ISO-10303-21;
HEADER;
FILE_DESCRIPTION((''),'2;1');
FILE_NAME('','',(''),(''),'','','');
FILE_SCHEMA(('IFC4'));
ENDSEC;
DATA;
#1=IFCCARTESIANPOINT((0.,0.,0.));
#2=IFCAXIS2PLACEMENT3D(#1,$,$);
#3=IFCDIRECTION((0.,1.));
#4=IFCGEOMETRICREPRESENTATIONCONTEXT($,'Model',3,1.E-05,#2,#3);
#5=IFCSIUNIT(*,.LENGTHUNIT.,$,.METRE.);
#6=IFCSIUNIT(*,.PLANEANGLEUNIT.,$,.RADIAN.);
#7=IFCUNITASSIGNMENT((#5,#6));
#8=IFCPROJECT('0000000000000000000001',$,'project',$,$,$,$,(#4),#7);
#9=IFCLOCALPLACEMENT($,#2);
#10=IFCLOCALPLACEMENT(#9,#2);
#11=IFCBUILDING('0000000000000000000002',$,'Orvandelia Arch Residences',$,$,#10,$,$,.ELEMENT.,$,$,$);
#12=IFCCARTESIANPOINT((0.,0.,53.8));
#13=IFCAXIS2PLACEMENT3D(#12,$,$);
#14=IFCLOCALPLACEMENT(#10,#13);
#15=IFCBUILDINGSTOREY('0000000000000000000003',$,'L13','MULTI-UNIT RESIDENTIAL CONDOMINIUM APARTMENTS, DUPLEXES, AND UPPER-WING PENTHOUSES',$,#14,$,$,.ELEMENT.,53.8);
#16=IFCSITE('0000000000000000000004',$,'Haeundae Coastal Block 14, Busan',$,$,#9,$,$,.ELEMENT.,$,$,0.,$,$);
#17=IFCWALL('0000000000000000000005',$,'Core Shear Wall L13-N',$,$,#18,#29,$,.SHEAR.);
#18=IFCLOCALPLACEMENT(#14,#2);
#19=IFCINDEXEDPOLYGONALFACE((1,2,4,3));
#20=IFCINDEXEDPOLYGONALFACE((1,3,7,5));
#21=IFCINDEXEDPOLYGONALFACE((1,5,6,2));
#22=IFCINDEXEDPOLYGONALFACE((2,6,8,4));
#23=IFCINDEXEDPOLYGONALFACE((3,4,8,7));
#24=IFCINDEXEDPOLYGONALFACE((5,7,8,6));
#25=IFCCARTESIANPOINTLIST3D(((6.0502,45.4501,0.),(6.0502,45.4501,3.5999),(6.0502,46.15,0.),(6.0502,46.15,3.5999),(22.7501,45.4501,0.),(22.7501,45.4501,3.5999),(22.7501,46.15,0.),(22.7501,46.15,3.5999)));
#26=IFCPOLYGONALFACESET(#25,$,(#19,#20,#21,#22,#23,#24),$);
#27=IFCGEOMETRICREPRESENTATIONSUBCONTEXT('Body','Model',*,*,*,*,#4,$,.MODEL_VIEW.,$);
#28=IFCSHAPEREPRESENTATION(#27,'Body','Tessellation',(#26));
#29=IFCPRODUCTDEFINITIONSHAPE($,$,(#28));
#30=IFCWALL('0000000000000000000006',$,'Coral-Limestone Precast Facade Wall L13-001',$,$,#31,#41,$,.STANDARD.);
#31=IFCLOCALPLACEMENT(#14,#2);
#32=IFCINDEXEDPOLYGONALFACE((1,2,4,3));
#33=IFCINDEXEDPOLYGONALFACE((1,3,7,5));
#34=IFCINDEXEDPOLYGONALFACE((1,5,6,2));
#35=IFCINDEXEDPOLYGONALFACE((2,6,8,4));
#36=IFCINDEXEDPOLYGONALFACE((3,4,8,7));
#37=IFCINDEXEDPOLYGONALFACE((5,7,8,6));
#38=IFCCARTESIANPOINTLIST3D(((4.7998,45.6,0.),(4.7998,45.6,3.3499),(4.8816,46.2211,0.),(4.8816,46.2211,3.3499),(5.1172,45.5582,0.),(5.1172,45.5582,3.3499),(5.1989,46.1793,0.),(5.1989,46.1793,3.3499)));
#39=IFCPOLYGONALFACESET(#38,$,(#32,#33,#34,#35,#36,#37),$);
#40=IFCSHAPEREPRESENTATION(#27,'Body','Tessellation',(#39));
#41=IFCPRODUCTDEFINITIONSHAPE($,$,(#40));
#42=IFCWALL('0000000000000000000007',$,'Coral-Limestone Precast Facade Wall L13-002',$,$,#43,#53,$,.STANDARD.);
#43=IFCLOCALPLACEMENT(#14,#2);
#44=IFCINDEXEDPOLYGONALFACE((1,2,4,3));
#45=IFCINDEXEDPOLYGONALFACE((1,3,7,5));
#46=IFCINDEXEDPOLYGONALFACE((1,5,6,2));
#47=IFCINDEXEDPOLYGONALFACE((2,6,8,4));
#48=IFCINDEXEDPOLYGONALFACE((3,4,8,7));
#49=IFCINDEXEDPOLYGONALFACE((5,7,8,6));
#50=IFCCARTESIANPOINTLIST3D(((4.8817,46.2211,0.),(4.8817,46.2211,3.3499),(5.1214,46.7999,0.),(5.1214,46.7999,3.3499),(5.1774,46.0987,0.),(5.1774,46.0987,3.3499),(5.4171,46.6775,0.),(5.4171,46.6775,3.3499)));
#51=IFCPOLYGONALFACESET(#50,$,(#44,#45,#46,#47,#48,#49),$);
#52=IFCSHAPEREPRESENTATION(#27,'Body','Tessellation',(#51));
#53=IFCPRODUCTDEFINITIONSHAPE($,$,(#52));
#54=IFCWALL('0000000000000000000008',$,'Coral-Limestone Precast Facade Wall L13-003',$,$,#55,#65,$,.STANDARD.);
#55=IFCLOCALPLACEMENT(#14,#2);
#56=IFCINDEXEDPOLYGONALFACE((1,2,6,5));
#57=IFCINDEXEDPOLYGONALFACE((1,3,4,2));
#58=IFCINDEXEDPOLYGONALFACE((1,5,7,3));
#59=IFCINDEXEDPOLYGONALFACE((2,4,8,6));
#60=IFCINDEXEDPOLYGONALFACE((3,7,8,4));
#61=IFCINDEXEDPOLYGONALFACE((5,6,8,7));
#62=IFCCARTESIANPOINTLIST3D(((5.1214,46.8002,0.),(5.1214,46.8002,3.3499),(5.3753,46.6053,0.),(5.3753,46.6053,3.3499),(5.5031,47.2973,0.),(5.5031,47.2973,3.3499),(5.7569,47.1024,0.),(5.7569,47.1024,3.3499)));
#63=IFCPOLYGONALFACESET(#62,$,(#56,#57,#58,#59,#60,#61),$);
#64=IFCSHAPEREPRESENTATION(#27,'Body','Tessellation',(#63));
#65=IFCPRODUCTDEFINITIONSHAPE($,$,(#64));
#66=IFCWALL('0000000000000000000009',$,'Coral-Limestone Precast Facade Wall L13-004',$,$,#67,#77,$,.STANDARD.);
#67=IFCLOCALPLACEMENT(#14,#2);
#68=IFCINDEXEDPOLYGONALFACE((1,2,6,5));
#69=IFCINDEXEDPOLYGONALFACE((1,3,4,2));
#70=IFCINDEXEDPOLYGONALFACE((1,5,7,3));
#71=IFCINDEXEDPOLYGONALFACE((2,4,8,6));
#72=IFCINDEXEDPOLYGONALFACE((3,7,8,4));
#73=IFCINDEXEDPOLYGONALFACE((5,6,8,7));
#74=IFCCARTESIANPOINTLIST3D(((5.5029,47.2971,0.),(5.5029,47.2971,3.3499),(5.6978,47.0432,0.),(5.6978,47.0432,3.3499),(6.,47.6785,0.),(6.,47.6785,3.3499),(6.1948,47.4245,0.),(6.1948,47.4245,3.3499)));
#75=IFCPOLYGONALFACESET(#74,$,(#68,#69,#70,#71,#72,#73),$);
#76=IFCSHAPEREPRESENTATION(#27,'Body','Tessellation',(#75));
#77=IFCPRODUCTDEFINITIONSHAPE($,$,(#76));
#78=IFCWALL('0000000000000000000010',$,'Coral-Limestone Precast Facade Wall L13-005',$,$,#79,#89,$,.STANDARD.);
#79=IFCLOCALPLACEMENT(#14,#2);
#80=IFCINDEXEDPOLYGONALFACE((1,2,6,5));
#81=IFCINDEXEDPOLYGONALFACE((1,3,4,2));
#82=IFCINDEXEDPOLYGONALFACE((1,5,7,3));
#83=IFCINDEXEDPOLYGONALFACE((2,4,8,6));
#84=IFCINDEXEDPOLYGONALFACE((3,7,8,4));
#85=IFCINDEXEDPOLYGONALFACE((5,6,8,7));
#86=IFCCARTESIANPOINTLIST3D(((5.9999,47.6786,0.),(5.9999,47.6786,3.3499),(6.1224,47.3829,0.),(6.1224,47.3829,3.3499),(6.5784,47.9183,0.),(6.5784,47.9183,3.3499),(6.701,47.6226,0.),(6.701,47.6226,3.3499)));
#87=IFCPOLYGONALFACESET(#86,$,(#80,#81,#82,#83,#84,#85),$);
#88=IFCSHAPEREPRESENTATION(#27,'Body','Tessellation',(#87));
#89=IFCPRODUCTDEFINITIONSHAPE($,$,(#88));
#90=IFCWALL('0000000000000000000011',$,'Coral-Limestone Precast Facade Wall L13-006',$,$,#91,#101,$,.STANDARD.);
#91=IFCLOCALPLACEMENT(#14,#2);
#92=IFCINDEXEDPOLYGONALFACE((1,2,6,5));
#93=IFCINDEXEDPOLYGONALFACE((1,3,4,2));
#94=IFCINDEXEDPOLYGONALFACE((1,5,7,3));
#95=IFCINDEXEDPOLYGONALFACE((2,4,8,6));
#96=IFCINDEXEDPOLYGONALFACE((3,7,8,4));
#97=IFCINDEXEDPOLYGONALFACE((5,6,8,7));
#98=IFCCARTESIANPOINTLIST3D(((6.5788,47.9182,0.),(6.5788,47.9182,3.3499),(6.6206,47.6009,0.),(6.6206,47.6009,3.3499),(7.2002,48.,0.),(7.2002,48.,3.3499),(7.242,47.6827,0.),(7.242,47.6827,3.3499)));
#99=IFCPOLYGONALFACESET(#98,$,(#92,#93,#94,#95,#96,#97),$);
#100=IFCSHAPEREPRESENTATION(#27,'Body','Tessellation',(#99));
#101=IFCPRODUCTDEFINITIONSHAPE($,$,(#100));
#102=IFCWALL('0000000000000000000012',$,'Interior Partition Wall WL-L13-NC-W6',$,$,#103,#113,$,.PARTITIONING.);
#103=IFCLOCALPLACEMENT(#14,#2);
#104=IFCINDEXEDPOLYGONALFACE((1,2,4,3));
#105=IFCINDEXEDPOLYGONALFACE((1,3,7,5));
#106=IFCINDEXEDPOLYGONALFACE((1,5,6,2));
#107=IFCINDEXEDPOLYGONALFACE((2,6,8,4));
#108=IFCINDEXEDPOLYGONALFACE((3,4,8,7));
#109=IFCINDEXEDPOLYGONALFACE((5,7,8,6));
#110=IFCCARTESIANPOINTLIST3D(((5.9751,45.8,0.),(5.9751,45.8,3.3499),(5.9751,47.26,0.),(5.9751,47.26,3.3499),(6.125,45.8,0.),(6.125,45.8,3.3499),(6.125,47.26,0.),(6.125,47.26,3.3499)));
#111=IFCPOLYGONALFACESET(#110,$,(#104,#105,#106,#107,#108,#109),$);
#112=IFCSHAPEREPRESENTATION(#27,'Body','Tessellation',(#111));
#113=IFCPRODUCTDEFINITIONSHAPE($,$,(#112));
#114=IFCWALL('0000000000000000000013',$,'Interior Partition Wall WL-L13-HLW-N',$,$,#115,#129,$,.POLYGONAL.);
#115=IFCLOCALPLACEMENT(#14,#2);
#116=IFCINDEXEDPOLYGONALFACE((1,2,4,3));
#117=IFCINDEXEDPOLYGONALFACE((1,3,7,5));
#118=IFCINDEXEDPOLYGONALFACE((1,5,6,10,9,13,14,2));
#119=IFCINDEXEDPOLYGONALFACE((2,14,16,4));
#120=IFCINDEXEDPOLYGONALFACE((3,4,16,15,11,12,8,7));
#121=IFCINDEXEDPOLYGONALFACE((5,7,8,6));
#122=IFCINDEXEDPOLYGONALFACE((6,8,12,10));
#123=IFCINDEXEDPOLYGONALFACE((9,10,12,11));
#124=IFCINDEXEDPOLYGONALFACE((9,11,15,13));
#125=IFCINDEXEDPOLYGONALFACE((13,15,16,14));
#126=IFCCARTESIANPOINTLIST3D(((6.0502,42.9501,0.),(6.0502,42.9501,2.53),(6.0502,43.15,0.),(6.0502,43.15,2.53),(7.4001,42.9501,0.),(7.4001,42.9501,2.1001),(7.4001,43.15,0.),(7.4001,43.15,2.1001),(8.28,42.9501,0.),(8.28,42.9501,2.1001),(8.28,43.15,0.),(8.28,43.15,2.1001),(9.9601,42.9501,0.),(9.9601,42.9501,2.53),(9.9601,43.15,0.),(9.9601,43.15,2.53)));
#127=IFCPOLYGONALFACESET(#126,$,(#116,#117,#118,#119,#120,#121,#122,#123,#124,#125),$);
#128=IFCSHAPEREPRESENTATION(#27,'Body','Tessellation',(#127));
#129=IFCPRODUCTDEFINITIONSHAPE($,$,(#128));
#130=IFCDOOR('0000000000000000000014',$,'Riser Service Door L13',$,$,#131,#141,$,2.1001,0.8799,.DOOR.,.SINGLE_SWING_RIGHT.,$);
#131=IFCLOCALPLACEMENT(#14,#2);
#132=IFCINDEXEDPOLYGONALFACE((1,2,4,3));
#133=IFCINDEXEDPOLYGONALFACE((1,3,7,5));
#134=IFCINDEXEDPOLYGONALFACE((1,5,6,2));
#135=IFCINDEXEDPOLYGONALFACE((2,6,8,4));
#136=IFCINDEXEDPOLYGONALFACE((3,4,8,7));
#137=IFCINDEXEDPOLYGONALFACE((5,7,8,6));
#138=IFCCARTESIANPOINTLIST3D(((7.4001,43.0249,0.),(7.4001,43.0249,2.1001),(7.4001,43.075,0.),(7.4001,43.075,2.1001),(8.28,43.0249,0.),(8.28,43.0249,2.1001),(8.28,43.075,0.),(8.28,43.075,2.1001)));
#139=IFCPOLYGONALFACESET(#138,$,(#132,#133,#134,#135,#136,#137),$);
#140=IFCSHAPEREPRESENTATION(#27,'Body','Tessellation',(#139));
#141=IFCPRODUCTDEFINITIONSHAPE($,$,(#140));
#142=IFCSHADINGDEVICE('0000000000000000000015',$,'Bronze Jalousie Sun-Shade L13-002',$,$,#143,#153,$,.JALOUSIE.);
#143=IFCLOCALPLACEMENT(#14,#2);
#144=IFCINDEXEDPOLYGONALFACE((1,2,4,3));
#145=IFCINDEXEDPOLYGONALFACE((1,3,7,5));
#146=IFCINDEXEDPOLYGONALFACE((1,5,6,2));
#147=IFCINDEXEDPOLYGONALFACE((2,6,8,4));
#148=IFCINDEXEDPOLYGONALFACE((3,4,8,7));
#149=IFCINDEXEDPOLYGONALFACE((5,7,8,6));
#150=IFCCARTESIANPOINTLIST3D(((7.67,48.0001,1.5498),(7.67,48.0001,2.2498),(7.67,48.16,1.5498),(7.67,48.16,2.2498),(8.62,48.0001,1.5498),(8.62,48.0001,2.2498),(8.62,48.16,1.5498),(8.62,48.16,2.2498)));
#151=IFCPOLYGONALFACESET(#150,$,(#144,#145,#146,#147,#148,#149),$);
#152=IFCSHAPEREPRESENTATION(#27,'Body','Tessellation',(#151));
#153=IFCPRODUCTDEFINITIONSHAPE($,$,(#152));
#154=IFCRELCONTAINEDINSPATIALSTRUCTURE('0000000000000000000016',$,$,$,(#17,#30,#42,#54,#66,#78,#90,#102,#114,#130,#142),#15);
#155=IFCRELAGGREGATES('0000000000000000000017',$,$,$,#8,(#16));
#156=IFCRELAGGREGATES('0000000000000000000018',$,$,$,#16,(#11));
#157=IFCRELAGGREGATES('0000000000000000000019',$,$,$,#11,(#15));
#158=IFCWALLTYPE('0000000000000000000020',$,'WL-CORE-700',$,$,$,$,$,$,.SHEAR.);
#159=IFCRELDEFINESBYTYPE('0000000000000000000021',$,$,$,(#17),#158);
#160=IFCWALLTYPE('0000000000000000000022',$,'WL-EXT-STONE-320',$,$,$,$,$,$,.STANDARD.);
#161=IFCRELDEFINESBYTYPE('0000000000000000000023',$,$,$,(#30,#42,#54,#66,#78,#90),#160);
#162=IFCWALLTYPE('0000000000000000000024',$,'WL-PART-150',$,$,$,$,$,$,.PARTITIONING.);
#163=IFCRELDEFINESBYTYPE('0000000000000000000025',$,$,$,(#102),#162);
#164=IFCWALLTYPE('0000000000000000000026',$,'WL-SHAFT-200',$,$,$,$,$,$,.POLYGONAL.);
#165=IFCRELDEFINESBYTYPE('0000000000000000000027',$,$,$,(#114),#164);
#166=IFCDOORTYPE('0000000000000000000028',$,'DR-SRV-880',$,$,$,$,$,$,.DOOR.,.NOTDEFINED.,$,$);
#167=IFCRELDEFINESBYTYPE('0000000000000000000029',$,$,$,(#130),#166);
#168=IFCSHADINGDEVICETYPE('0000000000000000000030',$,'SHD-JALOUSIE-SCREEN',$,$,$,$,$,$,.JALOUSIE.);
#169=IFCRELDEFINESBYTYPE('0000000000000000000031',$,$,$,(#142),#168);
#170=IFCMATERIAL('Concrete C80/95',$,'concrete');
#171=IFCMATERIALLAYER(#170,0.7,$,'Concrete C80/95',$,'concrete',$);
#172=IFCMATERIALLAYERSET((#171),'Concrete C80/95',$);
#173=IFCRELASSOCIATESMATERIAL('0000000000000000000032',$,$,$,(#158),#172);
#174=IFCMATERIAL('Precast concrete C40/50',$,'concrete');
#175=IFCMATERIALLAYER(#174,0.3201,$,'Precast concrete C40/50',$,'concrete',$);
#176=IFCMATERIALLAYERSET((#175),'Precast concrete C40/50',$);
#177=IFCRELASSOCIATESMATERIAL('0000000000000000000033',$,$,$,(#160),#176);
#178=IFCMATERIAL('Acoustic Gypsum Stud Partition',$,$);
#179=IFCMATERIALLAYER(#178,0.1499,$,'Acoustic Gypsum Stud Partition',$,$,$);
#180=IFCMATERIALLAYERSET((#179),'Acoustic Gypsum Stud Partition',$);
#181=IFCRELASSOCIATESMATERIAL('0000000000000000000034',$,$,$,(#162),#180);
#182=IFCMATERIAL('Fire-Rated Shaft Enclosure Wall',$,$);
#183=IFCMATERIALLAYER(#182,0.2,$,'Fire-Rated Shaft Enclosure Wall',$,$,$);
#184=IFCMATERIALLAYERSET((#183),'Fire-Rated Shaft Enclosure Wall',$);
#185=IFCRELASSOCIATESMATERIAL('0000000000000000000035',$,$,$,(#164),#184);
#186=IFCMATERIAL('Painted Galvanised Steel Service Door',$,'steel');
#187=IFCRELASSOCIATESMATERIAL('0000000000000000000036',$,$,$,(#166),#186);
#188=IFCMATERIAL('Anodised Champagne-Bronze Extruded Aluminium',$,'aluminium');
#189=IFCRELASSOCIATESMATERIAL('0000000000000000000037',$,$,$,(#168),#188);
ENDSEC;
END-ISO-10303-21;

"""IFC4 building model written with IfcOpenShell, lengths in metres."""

from ifc_helpers import new_model, si_unit, direction, frame, frame_2d, origin, origin_2d, place, context, subcontext, project, spatial, rectangle, extrude, material, layer, layer_set, type_object, element, fill, save


model = new_model("IFC4")

# Units and contexts
model_context = context("Model", 3, precision=1e-05, world=origin(), true_north=direction((0.0, 1.0)))
body_context = subcontext(model_context, "Body", "Model", "MODEL_VIEW")
ifc_project = project(units=[si_unit("LENGTHUNIT", "METRE"), si_unit("PLANEANGLEUNIT", "RADIAN")], contexts=[model_context])

# Site, building, storey
site_placement = place(None, origin())
site = spatial("IfcSite", under=ifc_project, at=site_placement, Name="Haeundae Coastal Block 14, Busan", CompositionType="ELEMENT", RefElevation=0.0)
building_placement = place(site_placement, origin())
building = spatial("IfcBuilding", under=site, at=building_placement, Name="Orvandelia Arch Residences", CompositionType="ELEMENT")
storey_placement = place(building_placement, frame((0.0, 0.0, 53.8)))
storey = spatial("IfcBuildingStorey", under=building, at=storey_placement, Name="L13", Description="MULTI-UNIT RESIDENTIAL CONDOMINIUM APARTMENTS, DUPLEXES, AND UPPER-WING PENTHOUSES", CompositionType="ELEMENT", Elevation=53.8)

# Shared definitions
ifc_material_1 = material(Name="Concrete C80/95", Category="concrete")

# Walls
ifc_layer_1 = layer(ifc_material_1, 0.7, Name="Concrete C80/95", Category="concrete")
ifc_layer_set_1 = layer_set([ifc_layer_1], Name="Concrete C80/95")
wall_type_1 = type_object("IfcWallType", Name="WL-CORE-700", PredefinedType="SHEAR", material=ifc_layer_set_1)
wall_1_placement = place(storey_placement, frame((6.05, 45.8, 0.0), z_axis=(0.0, 0.0, 1.0), x_axis=(1.0, 0.0, 0.0)))
element("IfcWall", 1, at=wall_1_placement, inside=storey, type_object=wall_type_1, Name="Core Shear Wall L13-N", PredefinedType="SHEAR", context=body_context, shape_type="SweptSolid", body=[
    extrude(rectangle(XDim=16.7, YDim=0.7, at=frame_2d((8.3501, 0.0))), origin(), (0.0, 0.0, 1.0), 3.5999),
])
ifc_material_2 = material(Name="Precast concrete C40/50", Category="concrete")
ifc_layer_2 = layer(ifc_material_2, 0.3201, Name="Precast concrete C40/50", Category="concrete")
ifc_layer_set_2 = layer_set([ifc_layer_2], Name="Precast concrete C40/50")
wall_type_2 = type_object("IfcWallType", Name="WL-EXT-STONE-320", PredefinedType="STANDARD", material=ifc_layer_set_2)
for number, where, z_axis, x_axis, name in (
    (2, (4.9585, 45.5791, 0.0), (0.0, 0.0, 1.0), (0.130555, 0.991441, 0.0), "Coral-Limestone Precast Facade Wall L13-001"),
    (3, (5.0295, 46.1599, 0.0), (0.0, 0.0, 1.0), (0.38265, 0.923893, 0.0), "Coral-Limestone Precast Facade Wall L13-002"),
):
    element("IfcWall", number, at=place(storey_placement, frame(where, z_axis=z_axis, x_axis=x_axis)), inside=storey, type_object=wall_type_2, Name=name, PredefinedType="STANDARD", context=body_context, shape_type="SweptSolid", body=[
        extrude(rectangle(XDim=0.6265, YDim=0.3201, at=frame_2d((0.3132, 0.0))), origin(), (0.0, 0.0, 1.0), 3.3499),
    ])
wall_2_placement = place(storey_placement, frame((5.2483, 46.7026, 0.0), z_axis=(0.0, 0.0, 1.0), x_axis=(0.608939, 0.793217, 0.0)))
element("IfcWall", 4, at=wall_2_placement, inside=storey, type_object=wall_type_2, Name="Coral-Limestone Precast Facade Wall L13-003", PredefinedType="STANDARD", context=body_context, shape_type="SweptSolid", body=[
    extrude(rectangle(XDim=0.6267, YDim=0.3201, at=frame_2d((0.3135, 0.0))), origin(), (0.0, 0.0, 1.0), 3.3499),
])
wall_3_placement = place(storey_placement, frame((5.6003, 47.1702, 0.0), z_axis=(0.0, 0.0, 1.0), x_axis=(0.793406, 0.608693, 0.0)))
element("IfcWall", 5, at=wall_3_placement, inside=storey, type_object=wall_type_2, Name="Coral-Limestone Precast Facade Wall L13-004", PredefinedType="STANDARD", context=body_context, shape_type="SweptSolid", body=[
    extrude(rectangle(XDim=0.6265, YDim=0.3201, at=frame_2d((0.3132, 0.0))), origin(), (0.0, 0.0, 1.0), 3.3499),
])
wall_4_placement = place(storey_placement, frame((6.0613, 47.5308, 0.0), z_axis=(0.0, 0.0, 1.0), x_axis=(0.923836, 0.382788, 0.0)))
element("IfcWall", 6, at=wall_4_placement, inside=storey, type_object=wall_type_2, Name="Coral-Limestone Precast Facade Wall L13-005", PredefinedType="STANDARD", context=body_context, shape_type="SweptSolid", body=[
    extrude(rectangle(XDim=0.6262, YDim=0.3201, at=frame_2d((0.313, 0.0))), origin(), (0.0, 0.0, 1.0), 3.3499),
])
wall_5_placement = place(storey_placement, frame((6.5996, 47.7595, 0.0), z_axis=(0.0, 0.0, 1.0), x_axis=(0.991448, 0.130505, 0.0)))
element("IfcWall", 7, at=wall_5_placement, inside=storey, type_object=wall_type_2, Name="Coral-Limestone Precast Facade Wall L13-006", PredefinedType="STANDARD", context=body_context, shape_type="SweptSolid", body=[
    extrude(rectangle(XDim=0.6267, YDim=0.3201, at=frame_2d((0.3135, 0.0))), origin(), (0.0, 0.0, 1.0), 3.3499),
])

# Wall
ifc_material_3 = material(Name="Acoustic Gypsum Stud Partition")
ifc_layer_3 = layer(ifc_material_3, 0.1499, Name="Acoustic Gypsum Stud Partition")
ifc_layer_set_3 = layer_set([ifc_layer_3], Name="Acoustic Gypsum Stud Partition")
wall_type_3 = type_object("IfcWallType", Name="WL-PART-150", PredefinedType="PARTITIONING", material=ifc_layer_set_3)
wall_6_placement = place(storey_placement, frame((6.05, 45.8, 0.0), z_axis=(0.0, 0.0, 1.0), x_axis=(0.0, 1.0, 0.0)))
element("IfcWall", 8, at=wall_6_placement, inside=storey, type_object=wall_type_3, Name="Interior Partition Wall WL-L13-NC-W6", PredefinedType="PARTITIONING", context=body_context, shape_type="SweptSolid", body=[
    extrude(rectangle(XDim=1.46, YDim=0.1499, at=frame_2d((0.73, 0.0))), origin(), (0.0, 0.0, 1.0), 3.3499),
])

# Wall, opening, door
ifc_material_4 = material(Name="Fire-Rated Shaft Enclosure Wall")
ifc_layer_4 = layer(ifc_material_4, 0.2, Name="Fire-Rated Shaft Enclosure Wall")
ifc_layer_set_4 = layer_set([ifc_layer_4], Name="Fire-Rated Shaft Enclosure Wall")
wall_type_4 = type_object("IfcWallType", Name="WL-SHAFT-200", PredefinedType="POLYGONAL", material=ifc_layer_set_4)
wall_7_placement = place(storey_placement, frame((6.05, 43.05, 0.0), z_axis=(0.0, 0.0, 1.0), x_axis=(1.0, 0.0, 0.0)))
wall_7 = element("IfcWall", 9, at=wall_7_placement, inside=storey, type_object=wall_type_4, Name="Interior Partition Wall WL-L13-HLW-N", PredefinedType="POLYGONAL", context=body_context, shape_type="SweptSolid", body=[
    extrude(rectangle(XDim=3.9099, YDim=0.2, at=frame_2d((1.9551, 0.0))), origin(), (0.0, 0.0, 1.0), 2.53),
])
opening_1_placement = place(wall_7_placement, frame((1.3501, 0.0, 0.0)))
opening_1 = element("IfcOpeningElement", 10, at=opening_1_placement, cuts=wall_7, PredefinedType="OPENING", context=body_context, shape_type="SweptSolid", body=[
    extrude(rectangle(XDim=0.8799, YDim=2.1001, at=frame_2d((0.4399, 1.05))), frame((0.0, 0.1099, 0.0), z_axis=(0.0, -1.0, 0.0), x_axis=(1.0, 0.0, 0.0)), (0.0, 0.0, 1.0), 0.22),
])
ifc_material_5 = material(Name="Painted Galvanised Steel Service Door", Category="steel")
door_type = type_object("IfcDoorType", Name="DR-SRV-880", OperationType="NOTDEFINED", PredefinedType="DOOR", material=ifc_material_5)
door_placement = place(opening_1_placement, origin())
door = element("IfcDoor", 11, at=door_placement, inside=storey, type_object=door_type, Name="Riser Service Door L13", OperationType="SINGLE_SWING_RIGHT", OverallHeight=2.1001, OverallWidth=0.8799, PredefinedType="DOOR", context=body_context, shape_type="SweptSolid", body=[
    extrude(rectangle(XDim=0.8799, YDim=2.1001, at=frame_2d((0.4399, 1.05))), frame((0.0, 0.0249, 0.0), z_axis=(0.0, -1.0, 0.0), x_axis=(1.0, 0.0, 0.0)), (0.0, 0.0, 1.0), 0.05),
])
fill(opening_1, door)

# Shading device
ifc_material_6 = material(Name="Anodised Champagne-Bronze Extruded Aluminium", Category="aluminium")
shading_device_type = type_object("IfcShadingDeviceType", Name="SHD-JALOUSIE-SCREEN", PredefinedType="JALOUSIE", material=ifc_material_6)
shading_device_placement = place(storey_placement, frame((8.145, 48.0801, 1.5498), z_axis=(0.0, 0.0, 1.0), x_axis=(1.0, 0.0, 0.0)))
element("IfcShadingDevice", 12, at=shading_device_placement, inside=storey, type_object=shading_device_type, Name="Bronze Jalousie Sun-Shade L13-002", PredefinedType="JALOUSIE", context=body_context, shape_type="SweptSolid", body=[
    extrude(rectangle(XDim=0.95, YDim=0.1599, at=origin_2d()), origin(), (0.0, 0.0, 1.0), 0.7),
])

save(model, "model.ifc")
